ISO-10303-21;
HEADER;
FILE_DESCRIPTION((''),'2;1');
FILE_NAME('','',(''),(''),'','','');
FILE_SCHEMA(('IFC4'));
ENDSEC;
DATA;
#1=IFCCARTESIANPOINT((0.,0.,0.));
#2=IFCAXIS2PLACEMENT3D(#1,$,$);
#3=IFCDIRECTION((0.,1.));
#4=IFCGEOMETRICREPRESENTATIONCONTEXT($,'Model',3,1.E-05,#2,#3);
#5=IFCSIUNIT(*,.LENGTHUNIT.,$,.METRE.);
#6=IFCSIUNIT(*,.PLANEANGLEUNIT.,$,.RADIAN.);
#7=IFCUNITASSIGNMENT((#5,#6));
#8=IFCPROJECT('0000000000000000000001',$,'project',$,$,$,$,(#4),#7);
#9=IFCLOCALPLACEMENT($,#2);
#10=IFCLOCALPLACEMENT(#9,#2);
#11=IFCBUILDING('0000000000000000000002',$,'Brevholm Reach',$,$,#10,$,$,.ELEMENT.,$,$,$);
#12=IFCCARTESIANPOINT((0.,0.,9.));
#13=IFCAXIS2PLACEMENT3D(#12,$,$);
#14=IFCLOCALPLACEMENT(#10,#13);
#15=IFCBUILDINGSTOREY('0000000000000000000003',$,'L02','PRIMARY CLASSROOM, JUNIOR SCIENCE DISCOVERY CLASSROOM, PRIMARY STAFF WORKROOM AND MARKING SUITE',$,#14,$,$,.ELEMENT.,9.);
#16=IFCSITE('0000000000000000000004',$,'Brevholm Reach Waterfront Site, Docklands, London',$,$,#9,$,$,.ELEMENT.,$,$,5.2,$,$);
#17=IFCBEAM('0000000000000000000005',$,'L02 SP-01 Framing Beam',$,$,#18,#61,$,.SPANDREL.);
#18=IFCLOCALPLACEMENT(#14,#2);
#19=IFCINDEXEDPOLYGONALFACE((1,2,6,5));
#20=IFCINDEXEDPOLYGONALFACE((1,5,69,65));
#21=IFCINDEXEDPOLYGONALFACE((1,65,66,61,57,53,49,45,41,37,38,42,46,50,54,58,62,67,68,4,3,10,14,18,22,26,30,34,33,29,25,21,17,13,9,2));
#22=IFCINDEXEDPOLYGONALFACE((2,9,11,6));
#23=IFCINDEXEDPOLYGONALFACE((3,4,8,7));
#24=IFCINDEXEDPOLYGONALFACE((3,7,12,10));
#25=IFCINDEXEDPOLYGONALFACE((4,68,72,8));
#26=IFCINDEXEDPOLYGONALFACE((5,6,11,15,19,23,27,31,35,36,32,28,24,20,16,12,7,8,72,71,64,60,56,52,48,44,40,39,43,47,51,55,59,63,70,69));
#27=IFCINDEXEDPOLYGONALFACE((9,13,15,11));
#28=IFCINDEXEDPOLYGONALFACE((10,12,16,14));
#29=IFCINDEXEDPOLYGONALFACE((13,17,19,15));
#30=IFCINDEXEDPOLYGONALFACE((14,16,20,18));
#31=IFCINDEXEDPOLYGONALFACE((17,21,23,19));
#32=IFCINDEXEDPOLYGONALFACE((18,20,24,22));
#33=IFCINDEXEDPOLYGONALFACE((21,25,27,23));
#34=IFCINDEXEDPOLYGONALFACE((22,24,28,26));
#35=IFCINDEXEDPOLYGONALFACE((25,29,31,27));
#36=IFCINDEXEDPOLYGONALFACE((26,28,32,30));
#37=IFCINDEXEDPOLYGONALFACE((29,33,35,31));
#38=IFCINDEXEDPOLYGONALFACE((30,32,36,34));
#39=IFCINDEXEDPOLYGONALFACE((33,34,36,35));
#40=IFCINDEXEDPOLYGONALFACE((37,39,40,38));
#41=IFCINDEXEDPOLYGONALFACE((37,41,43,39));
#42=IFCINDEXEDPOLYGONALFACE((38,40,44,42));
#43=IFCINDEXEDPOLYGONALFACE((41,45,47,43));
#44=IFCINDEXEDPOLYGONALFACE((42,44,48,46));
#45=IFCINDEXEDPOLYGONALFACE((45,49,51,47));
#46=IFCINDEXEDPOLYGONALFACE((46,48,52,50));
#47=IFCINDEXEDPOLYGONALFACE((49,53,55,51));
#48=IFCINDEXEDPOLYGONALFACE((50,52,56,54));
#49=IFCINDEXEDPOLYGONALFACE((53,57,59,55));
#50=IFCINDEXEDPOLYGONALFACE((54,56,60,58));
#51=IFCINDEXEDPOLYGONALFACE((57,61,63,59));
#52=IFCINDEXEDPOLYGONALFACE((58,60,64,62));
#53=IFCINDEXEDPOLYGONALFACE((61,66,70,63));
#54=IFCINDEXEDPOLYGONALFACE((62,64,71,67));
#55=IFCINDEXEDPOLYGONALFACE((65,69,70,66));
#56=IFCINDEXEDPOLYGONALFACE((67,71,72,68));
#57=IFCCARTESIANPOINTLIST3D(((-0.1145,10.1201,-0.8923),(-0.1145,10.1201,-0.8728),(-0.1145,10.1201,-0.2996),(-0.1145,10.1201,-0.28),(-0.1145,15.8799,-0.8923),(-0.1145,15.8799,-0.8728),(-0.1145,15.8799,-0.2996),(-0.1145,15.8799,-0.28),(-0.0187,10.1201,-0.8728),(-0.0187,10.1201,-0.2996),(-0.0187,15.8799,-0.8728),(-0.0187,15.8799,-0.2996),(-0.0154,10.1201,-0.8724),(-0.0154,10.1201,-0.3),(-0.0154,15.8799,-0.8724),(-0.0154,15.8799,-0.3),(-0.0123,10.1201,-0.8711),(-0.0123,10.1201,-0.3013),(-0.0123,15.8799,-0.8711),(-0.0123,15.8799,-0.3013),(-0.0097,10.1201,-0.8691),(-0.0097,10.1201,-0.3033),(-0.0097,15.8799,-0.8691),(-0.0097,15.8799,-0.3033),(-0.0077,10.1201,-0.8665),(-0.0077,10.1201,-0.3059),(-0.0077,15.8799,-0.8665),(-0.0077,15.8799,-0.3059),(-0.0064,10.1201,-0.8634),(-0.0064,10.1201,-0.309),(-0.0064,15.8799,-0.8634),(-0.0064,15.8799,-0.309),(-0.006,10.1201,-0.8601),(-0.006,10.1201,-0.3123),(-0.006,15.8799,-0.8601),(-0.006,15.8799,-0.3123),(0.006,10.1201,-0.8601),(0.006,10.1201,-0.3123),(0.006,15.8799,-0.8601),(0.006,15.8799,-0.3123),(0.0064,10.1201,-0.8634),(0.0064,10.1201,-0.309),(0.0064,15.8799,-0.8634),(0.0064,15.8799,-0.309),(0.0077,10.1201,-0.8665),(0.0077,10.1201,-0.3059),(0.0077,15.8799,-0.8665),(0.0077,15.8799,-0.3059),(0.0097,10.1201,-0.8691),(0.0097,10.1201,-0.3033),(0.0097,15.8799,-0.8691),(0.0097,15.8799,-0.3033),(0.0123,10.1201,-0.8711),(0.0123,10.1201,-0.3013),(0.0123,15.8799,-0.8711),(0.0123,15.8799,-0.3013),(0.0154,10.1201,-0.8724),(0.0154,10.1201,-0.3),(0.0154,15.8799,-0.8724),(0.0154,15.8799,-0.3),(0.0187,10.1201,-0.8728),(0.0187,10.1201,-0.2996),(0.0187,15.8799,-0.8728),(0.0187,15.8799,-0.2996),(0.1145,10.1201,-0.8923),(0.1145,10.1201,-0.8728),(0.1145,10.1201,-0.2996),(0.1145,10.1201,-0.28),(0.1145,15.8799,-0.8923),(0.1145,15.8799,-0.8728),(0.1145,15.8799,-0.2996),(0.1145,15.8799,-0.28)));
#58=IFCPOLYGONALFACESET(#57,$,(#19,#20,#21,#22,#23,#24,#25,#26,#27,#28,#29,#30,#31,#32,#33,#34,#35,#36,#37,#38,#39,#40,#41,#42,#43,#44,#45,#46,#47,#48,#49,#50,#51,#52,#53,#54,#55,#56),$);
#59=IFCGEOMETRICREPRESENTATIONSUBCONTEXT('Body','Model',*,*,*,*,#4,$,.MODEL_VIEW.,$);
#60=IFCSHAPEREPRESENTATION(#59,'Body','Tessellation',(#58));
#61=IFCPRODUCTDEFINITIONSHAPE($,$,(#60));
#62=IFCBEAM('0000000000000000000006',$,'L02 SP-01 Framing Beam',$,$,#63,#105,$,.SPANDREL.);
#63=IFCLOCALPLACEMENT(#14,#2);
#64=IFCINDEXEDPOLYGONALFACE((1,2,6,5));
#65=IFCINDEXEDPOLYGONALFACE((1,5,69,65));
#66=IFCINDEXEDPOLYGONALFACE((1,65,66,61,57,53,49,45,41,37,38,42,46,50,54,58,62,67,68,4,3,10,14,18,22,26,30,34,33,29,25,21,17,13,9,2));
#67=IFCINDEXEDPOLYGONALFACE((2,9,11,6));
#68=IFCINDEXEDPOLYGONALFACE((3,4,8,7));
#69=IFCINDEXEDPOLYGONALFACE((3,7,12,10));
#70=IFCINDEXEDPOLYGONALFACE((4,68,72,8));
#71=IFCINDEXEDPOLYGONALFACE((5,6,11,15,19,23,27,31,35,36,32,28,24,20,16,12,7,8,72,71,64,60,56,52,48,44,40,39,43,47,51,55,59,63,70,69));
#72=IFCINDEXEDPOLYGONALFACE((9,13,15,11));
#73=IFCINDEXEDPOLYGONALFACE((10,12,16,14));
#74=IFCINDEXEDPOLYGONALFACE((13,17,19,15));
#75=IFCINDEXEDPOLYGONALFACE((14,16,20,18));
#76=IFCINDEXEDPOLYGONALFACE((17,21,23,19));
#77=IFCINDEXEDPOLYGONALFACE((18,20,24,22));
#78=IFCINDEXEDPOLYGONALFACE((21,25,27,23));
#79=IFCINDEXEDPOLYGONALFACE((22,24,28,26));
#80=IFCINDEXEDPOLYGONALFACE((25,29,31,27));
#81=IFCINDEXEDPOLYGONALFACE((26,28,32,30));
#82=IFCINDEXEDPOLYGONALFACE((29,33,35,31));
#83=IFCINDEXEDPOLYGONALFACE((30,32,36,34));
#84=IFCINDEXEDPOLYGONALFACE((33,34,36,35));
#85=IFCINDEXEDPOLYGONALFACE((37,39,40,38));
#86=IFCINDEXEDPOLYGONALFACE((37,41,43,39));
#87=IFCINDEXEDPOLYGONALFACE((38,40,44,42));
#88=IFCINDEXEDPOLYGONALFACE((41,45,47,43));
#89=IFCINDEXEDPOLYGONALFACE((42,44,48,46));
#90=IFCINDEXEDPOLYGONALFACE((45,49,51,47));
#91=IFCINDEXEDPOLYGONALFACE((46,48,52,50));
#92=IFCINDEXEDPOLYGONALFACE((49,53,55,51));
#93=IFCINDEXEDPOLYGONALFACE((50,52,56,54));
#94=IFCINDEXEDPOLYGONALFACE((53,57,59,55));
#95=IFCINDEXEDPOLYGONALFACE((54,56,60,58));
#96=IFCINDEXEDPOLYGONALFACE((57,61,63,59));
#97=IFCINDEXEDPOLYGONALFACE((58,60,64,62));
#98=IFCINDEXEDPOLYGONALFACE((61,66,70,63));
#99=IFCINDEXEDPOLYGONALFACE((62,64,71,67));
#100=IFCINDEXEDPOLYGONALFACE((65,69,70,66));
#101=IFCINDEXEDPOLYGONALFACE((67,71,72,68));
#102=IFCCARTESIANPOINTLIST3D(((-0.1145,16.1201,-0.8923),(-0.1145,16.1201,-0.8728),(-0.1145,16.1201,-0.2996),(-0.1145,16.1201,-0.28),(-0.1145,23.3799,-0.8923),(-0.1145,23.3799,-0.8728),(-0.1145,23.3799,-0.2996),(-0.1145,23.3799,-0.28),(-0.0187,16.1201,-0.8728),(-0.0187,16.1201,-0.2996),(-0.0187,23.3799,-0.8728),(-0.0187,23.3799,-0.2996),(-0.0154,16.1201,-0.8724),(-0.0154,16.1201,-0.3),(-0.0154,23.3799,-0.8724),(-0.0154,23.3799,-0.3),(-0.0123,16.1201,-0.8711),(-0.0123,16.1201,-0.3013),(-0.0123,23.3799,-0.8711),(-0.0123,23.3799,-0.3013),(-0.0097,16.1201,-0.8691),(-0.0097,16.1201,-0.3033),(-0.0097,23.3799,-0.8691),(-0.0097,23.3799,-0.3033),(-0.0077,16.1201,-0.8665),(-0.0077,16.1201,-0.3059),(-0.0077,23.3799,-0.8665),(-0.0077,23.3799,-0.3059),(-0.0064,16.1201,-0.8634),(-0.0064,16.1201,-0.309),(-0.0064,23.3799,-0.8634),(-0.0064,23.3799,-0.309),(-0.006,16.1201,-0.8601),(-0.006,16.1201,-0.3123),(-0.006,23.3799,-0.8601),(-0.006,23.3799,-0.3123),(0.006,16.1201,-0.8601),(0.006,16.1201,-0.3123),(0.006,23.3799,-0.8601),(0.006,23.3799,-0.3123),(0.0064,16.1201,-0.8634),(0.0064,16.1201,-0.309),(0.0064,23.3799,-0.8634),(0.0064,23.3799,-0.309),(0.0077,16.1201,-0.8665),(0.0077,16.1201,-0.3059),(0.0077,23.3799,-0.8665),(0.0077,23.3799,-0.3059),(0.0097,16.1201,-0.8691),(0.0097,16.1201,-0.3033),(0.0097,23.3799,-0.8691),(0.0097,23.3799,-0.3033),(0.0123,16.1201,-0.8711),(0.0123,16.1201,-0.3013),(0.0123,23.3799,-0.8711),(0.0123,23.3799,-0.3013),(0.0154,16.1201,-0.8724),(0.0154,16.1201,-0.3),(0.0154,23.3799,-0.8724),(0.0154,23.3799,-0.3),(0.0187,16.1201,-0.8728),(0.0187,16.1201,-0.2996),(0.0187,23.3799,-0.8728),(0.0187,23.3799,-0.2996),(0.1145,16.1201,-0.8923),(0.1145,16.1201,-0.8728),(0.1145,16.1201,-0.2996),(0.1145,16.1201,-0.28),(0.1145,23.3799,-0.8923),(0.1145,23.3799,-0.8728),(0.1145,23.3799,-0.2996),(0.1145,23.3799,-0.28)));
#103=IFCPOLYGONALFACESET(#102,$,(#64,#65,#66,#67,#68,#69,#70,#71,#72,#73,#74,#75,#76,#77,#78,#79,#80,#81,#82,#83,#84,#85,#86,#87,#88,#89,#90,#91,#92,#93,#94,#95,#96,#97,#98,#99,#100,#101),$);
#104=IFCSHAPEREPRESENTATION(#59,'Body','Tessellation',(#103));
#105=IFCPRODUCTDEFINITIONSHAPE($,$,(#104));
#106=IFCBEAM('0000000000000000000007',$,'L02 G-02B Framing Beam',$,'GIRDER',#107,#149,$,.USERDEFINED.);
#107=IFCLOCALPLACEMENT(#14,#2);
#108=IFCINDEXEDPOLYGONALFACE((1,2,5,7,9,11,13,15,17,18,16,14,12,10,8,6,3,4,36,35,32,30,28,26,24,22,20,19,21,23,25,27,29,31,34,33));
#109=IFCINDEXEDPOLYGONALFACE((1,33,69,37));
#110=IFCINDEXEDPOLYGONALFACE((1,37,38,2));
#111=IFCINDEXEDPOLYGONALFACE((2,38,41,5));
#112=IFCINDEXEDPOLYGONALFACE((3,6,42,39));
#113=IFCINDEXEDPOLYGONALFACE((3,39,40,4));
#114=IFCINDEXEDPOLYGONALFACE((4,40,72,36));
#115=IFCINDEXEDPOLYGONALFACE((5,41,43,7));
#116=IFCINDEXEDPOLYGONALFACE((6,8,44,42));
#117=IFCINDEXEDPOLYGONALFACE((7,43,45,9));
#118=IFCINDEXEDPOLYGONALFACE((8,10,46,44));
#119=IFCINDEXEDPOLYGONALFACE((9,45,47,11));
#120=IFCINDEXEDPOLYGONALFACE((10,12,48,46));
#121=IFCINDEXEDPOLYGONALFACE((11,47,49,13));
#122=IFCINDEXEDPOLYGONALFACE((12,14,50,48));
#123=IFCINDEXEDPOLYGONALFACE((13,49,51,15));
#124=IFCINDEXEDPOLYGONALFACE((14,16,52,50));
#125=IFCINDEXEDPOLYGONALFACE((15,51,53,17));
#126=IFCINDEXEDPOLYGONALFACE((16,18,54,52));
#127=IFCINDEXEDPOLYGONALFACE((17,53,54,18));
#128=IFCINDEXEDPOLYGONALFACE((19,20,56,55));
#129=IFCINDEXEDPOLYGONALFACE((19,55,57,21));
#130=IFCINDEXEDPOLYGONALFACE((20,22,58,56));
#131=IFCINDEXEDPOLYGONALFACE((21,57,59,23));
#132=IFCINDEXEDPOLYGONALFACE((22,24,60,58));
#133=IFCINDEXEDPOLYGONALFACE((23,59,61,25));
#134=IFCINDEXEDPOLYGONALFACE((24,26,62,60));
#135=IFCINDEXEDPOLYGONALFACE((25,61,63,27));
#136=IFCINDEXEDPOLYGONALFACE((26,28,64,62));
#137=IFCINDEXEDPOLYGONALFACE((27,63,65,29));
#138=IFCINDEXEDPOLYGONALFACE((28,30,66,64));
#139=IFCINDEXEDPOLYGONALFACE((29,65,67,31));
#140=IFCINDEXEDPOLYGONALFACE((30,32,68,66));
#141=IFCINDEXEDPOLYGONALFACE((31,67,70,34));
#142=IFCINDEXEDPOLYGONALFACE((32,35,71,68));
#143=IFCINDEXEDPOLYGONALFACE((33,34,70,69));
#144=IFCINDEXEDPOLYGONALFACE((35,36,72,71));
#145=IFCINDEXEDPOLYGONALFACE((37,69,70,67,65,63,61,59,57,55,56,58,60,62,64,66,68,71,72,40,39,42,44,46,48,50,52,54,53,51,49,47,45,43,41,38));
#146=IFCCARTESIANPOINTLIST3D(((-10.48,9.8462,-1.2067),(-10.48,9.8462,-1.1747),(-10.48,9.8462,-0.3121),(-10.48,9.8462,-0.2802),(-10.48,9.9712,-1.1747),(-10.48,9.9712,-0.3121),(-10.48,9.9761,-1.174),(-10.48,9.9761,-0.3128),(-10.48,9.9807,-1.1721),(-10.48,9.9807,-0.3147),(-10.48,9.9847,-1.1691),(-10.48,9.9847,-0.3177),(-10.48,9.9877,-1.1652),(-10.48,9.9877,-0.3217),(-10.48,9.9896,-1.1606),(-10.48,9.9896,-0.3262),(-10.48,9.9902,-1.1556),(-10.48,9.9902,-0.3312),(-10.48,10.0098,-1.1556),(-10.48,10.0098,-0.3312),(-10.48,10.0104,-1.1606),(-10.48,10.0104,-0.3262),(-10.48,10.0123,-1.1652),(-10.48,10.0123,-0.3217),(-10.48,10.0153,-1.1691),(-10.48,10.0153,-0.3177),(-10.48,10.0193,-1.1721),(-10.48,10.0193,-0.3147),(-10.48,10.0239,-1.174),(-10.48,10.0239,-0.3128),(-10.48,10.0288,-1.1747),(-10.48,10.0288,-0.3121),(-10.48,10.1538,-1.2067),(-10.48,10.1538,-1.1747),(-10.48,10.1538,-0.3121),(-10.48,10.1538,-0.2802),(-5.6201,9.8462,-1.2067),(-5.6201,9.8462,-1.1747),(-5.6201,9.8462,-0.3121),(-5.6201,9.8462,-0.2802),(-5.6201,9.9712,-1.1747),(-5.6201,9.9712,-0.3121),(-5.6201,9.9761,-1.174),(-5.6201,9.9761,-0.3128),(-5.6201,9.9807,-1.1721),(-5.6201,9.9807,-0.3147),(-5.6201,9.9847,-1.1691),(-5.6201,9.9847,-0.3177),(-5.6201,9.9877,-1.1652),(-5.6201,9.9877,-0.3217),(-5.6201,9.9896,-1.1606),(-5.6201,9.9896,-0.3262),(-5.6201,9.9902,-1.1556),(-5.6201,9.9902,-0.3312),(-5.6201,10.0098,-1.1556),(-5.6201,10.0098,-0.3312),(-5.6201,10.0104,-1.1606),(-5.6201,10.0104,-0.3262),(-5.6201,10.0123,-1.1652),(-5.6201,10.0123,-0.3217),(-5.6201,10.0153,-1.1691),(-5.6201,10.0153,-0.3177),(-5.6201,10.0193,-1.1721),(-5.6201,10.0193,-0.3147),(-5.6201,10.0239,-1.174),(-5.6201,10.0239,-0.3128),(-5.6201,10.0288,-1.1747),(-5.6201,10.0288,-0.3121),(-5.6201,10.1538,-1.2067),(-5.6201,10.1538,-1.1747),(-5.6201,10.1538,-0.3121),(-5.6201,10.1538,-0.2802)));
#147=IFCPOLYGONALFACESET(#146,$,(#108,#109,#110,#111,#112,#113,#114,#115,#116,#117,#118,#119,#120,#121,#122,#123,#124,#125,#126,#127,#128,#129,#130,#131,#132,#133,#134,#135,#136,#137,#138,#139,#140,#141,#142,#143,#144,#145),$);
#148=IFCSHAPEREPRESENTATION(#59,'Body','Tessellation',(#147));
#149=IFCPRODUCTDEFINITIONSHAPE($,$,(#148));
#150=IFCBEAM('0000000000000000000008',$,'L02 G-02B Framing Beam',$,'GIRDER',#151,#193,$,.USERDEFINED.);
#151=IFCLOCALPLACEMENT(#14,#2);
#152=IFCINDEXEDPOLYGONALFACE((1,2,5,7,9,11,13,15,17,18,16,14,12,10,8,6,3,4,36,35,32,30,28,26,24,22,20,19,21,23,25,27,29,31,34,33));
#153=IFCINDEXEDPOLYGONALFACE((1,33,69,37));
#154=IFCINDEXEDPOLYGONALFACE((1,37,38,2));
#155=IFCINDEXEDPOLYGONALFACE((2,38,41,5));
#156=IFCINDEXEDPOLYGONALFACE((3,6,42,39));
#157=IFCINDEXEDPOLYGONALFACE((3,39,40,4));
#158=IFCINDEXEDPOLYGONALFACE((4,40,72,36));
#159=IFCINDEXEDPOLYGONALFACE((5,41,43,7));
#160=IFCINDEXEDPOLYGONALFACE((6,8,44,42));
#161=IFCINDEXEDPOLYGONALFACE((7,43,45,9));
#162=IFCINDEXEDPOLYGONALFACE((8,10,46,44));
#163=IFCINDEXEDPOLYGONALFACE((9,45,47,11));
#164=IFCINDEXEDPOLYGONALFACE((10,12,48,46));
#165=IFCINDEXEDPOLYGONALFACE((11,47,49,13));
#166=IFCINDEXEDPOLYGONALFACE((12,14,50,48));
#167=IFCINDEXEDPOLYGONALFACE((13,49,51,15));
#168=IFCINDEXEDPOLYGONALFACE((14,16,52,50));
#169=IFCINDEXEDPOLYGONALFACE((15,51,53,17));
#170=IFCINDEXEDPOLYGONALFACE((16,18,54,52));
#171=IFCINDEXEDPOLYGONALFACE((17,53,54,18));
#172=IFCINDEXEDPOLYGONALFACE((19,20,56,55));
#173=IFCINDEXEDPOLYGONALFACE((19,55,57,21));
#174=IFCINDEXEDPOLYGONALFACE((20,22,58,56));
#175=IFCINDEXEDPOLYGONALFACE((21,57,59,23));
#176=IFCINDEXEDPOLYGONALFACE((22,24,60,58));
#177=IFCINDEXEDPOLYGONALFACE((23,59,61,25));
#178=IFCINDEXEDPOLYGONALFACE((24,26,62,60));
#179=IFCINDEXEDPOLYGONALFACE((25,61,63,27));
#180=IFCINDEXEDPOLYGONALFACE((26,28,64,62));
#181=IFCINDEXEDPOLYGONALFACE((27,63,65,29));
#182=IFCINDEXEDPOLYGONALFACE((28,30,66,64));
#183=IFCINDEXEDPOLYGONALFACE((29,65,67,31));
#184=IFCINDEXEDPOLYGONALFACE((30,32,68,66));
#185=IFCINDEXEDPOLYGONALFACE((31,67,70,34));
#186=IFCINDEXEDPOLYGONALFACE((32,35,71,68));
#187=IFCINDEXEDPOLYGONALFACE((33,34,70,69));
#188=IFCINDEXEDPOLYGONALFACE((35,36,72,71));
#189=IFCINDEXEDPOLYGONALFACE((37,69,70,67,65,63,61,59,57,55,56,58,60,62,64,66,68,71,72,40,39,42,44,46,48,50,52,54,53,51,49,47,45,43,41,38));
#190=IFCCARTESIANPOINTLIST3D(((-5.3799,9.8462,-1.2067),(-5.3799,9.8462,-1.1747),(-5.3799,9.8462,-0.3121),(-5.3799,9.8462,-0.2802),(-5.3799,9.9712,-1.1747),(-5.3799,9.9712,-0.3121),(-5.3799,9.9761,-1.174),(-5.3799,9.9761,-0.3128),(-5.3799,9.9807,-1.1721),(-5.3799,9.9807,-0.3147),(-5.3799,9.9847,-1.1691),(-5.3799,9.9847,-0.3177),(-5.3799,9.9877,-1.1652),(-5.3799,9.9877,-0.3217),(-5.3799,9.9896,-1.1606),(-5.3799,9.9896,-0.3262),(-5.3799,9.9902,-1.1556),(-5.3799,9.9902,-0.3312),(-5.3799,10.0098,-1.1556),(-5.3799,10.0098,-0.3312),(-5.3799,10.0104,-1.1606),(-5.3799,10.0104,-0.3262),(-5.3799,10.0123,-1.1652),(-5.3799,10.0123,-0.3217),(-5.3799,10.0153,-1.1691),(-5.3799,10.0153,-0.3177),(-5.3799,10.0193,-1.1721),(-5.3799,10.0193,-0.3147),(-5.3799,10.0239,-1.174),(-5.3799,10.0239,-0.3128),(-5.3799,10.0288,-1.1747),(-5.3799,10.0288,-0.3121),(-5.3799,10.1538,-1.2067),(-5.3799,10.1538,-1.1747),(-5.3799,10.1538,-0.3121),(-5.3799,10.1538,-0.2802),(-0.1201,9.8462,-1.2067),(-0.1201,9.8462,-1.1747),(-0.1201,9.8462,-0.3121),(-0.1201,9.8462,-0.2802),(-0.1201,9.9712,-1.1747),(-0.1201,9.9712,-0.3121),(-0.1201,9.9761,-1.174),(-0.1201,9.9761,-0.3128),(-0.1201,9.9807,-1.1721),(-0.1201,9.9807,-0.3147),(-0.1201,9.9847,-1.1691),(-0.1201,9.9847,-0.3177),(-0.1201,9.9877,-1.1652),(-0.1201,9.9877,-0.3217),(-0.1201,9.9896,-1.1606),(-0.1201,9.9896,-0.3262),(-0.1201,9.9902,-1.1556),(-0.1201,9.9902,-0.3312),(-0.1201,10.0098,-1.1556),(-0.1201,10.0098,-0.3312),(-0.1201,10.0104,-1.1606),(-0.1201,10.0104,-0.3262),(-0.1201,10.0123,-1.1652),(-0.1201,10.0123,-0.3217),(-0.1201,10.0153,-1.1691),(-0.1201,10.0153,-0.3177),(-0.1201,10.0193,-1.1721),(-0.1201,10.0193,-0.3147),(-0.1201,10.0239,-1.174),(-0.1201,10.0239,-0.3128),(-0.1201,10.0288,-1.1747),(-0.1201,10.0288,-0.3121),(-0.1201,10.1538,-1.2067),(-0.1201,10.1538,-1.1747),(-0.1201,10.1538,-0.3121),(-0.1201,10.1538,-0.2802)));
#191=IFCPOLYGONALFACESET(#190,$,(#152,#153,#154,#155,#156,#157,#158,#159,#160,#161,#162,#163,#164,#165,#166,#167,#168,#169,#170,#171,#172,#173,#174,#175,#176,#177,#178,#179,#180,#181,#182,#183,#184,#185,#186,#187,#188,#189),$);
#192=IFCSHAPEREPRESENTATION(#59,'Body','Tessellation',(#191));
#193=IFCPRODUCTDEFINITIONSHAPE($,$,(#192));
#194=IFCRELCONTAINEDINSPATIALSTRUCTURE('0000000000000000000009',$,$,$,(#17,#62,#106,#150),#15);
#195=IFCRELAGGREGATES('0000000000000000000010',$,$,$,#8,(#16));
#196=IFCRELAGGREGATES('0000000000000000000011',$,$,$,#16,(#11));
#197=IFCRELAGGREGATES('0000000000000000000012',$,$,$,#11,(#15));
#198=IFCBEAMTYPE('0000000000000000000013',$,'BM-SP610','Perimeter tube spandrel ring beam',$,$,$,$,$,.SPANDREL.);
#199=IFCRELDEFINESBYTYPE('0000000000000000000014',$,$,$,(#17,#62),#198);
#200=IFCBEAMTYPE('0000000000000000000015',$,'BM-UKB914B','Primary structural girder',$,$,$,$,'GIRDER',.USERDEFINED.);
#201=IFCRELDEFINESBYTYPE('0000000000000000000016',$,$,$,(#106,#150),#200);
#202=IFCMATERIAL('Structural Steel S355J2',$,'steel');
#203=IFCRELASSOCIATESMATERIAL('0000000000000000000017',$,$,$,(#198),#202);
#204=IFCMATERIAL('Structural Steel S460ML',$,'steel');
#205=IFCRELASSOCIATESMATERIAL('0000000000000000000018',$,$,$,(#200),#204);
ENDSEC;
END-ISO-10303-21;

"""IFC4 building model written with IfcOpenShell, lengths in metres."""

from ifc_helpers import new_model, si_unit, direction, frame, origin, origin_2d, place, context, subcontext, project, spatial, i_section, extrude, material, material_profile, profile_set, type_object, element, save


model = new_model("IFC4")

# Units and contexts
model_context = context("Model", 3, precision=1e-05, world=origin(), true_north=direction((0.0, 1.0)))
body_context = subcontext(model_context, "Body", "Model", "MODEL_VIEW")
ifc_project = project(units=[si_unit("LENGTHUNIT", "METRE"), si_unit("PLANEANGLEUNIT", "RADIAN")], contexts=[model_context])

# Site, building, storey
site_placement = place(None, origin())
site = spatial("IfcSite", under=ifc_project, at=site_placement, Name="Brevholm Reach Waterfront Site, Docklands, London", CompositionType="ELEMENT", RefElevation=5.2)
building_placement = place(site_placement, origin())
building = spatial("IfcBuilding", under=site, at=building_placement, Name="Brevholm Reach", CompositionType="ELEMENT")
storey_placement = place(building_placement, frame((0.0, 0.0, 9.0)))
storey = spatial("IfcBuildingStorey", under=building, at=storey_placement, Name="L02", Description="PRIMARY CLASSROOM, JUNIOR SCIENCE DISCOVERY CLASSROOM, PRIMARY STAFF WORKROOM AND MARKING SUITE", CompositionType="ELEMENT", Elevation=9.0)

# Beams
ifc_material_1 = material(Name="Structural Steel S355J2", Category="steel")
ifc_material_profile_1 = material_profile(ifc_material_1, i_section(OverallWidth=0.229, OverallDepth=0.6123, WebThickness=0.012, FlangeThickness=0.0195, FilletRadius=0.0127, at=origin_2d()), Name="UKB 610x229x125")
ifc_profile_set_1 = profile_set([ifc_material_profile_1], Name="Structural Steel S355J2")
beam_type_1 = type_object("IfcBeamType", Name="BM-SP610", Description="Perimeter tube spandrel ring beam", PredefinedType="SPANDREL", material=ifc_profile_set_1)
beam_1_placement = place(storey_placement, frame((0.0, 10.1201, -0.5862), z_axis=(0.0, 1.0, 0.0), x_axis=(-1.0, 0.0, 0.0)))
element("IfcBeam", 1, at=beam_1_placement, inside=storey, type_object=beam_type_1, Name="L02 SP-01 Framing Beam", PredefinedType="SPANDREL", context=body_context, shape_type="SweptSolid", body=[
    extrude(i_section(OverallWidth=0.229, OverallDepth=0.6123, WebThickness=0.012, FlangeThickness=0.0195, FilletRadius=0.0127, at=origin_2d()), origin(), (0.0, 0.0, 1.0), 5.7598),
])
beam_2_placement = place(storey_placement, frame((0.0, 16.1201, -0.5862), z_axis=(0.0, 1.0, 0.0), x_axis=(-1.0, 0.0, 0.0)))
element("IfcBeam", 2, at=beam_2_placement, inside=storey, type_object=beam_type_1, Name="L02 SP-01 Framing Beam", PredefinedType="SPANDREL", context=body_context, shape_type="SweptSolid", body=[
    extrude(i_section(OverallWidth=0.229, OverallDepth=0.6123, WebThickness=0.012, FlangeThickness=0.0195, FilletRadius=0.0127, at=origin_2d()), origin(), (0.0, 0.0, 1.0), 7.2598),
])
ifc_material_2 = material(Name="Structural Steel S460ML", Category="steel")
ifc_material_profile_2 = material_profile(ifc_material_2, i_section(OverallWidth=0.3076, OverallDepth=0.9265, WebThickness=0.0195, FlangeThickness=0.032, FilletRadius=0.019, at=origin_2d()), Name="UKB 914x305x289")
ifc_profile_set_2 = profile_set([ifc_material_profile_2], Name="Structural Steel S460ML")
beam_type_2 = type_object("IfcBeamType", Name="BM-UKB914B", Description="Primary structural girder", ElementType="GIRDER", PredefinedType="USERDEFINED", material=ifc_profile_set_2)
beam_3_placement = place(storey_placement, frame((-10.48, 10.0, -0.7434), z_axis=(1.0, 0.0, 0.0), x_axis=(0.0, 1.0, 0.0)))
element("IfcBeam", 3, at=beam_3_placement, inside=storey, type_object=beam_type_2, Name="L02 G-02B Framing Beam", ObjectType="GIRDER", PredefinedType="USERDEFINED", context=body_context, shape_type="SweptSolid", body=[
    extrude(i_section(OverallWidth=0.3076, OverallDepth=0.9265, WebThickness=0.0195, FlangeThickness=0.032, FilletRadius=0.019, at=origin_2d()), origin(), (0.0, 0.0, 1.0), 4.8599),
])
beam_4_placement = place(storey_placement, frame((-5.3799, 10.0, -0.7434), z_axis=(1.0, 0.0, 0.0), x_axis=(0.0, 1.0, 0.0)))
element("IfcBeam", 4, at=beam_4_placement, inside=storey, type_object=beam_type_2, Name="L02 G-02B Framing Beam", ObjectType="GIRDER", PredefinedType="USERDEFINED", context=body_context, shape_type="SweptSolid", body=[
    extrude(i_section(OverallWidth=0.3076, OverallDepth=0.9265, WebThickness=0.0195, FlangeThickness=0.032, FilletRadius=0.019, at=origin_2d()), origin(), (0.0, 0.0, 1.0), 5.2598),
])

save(model, "model.ifc")
